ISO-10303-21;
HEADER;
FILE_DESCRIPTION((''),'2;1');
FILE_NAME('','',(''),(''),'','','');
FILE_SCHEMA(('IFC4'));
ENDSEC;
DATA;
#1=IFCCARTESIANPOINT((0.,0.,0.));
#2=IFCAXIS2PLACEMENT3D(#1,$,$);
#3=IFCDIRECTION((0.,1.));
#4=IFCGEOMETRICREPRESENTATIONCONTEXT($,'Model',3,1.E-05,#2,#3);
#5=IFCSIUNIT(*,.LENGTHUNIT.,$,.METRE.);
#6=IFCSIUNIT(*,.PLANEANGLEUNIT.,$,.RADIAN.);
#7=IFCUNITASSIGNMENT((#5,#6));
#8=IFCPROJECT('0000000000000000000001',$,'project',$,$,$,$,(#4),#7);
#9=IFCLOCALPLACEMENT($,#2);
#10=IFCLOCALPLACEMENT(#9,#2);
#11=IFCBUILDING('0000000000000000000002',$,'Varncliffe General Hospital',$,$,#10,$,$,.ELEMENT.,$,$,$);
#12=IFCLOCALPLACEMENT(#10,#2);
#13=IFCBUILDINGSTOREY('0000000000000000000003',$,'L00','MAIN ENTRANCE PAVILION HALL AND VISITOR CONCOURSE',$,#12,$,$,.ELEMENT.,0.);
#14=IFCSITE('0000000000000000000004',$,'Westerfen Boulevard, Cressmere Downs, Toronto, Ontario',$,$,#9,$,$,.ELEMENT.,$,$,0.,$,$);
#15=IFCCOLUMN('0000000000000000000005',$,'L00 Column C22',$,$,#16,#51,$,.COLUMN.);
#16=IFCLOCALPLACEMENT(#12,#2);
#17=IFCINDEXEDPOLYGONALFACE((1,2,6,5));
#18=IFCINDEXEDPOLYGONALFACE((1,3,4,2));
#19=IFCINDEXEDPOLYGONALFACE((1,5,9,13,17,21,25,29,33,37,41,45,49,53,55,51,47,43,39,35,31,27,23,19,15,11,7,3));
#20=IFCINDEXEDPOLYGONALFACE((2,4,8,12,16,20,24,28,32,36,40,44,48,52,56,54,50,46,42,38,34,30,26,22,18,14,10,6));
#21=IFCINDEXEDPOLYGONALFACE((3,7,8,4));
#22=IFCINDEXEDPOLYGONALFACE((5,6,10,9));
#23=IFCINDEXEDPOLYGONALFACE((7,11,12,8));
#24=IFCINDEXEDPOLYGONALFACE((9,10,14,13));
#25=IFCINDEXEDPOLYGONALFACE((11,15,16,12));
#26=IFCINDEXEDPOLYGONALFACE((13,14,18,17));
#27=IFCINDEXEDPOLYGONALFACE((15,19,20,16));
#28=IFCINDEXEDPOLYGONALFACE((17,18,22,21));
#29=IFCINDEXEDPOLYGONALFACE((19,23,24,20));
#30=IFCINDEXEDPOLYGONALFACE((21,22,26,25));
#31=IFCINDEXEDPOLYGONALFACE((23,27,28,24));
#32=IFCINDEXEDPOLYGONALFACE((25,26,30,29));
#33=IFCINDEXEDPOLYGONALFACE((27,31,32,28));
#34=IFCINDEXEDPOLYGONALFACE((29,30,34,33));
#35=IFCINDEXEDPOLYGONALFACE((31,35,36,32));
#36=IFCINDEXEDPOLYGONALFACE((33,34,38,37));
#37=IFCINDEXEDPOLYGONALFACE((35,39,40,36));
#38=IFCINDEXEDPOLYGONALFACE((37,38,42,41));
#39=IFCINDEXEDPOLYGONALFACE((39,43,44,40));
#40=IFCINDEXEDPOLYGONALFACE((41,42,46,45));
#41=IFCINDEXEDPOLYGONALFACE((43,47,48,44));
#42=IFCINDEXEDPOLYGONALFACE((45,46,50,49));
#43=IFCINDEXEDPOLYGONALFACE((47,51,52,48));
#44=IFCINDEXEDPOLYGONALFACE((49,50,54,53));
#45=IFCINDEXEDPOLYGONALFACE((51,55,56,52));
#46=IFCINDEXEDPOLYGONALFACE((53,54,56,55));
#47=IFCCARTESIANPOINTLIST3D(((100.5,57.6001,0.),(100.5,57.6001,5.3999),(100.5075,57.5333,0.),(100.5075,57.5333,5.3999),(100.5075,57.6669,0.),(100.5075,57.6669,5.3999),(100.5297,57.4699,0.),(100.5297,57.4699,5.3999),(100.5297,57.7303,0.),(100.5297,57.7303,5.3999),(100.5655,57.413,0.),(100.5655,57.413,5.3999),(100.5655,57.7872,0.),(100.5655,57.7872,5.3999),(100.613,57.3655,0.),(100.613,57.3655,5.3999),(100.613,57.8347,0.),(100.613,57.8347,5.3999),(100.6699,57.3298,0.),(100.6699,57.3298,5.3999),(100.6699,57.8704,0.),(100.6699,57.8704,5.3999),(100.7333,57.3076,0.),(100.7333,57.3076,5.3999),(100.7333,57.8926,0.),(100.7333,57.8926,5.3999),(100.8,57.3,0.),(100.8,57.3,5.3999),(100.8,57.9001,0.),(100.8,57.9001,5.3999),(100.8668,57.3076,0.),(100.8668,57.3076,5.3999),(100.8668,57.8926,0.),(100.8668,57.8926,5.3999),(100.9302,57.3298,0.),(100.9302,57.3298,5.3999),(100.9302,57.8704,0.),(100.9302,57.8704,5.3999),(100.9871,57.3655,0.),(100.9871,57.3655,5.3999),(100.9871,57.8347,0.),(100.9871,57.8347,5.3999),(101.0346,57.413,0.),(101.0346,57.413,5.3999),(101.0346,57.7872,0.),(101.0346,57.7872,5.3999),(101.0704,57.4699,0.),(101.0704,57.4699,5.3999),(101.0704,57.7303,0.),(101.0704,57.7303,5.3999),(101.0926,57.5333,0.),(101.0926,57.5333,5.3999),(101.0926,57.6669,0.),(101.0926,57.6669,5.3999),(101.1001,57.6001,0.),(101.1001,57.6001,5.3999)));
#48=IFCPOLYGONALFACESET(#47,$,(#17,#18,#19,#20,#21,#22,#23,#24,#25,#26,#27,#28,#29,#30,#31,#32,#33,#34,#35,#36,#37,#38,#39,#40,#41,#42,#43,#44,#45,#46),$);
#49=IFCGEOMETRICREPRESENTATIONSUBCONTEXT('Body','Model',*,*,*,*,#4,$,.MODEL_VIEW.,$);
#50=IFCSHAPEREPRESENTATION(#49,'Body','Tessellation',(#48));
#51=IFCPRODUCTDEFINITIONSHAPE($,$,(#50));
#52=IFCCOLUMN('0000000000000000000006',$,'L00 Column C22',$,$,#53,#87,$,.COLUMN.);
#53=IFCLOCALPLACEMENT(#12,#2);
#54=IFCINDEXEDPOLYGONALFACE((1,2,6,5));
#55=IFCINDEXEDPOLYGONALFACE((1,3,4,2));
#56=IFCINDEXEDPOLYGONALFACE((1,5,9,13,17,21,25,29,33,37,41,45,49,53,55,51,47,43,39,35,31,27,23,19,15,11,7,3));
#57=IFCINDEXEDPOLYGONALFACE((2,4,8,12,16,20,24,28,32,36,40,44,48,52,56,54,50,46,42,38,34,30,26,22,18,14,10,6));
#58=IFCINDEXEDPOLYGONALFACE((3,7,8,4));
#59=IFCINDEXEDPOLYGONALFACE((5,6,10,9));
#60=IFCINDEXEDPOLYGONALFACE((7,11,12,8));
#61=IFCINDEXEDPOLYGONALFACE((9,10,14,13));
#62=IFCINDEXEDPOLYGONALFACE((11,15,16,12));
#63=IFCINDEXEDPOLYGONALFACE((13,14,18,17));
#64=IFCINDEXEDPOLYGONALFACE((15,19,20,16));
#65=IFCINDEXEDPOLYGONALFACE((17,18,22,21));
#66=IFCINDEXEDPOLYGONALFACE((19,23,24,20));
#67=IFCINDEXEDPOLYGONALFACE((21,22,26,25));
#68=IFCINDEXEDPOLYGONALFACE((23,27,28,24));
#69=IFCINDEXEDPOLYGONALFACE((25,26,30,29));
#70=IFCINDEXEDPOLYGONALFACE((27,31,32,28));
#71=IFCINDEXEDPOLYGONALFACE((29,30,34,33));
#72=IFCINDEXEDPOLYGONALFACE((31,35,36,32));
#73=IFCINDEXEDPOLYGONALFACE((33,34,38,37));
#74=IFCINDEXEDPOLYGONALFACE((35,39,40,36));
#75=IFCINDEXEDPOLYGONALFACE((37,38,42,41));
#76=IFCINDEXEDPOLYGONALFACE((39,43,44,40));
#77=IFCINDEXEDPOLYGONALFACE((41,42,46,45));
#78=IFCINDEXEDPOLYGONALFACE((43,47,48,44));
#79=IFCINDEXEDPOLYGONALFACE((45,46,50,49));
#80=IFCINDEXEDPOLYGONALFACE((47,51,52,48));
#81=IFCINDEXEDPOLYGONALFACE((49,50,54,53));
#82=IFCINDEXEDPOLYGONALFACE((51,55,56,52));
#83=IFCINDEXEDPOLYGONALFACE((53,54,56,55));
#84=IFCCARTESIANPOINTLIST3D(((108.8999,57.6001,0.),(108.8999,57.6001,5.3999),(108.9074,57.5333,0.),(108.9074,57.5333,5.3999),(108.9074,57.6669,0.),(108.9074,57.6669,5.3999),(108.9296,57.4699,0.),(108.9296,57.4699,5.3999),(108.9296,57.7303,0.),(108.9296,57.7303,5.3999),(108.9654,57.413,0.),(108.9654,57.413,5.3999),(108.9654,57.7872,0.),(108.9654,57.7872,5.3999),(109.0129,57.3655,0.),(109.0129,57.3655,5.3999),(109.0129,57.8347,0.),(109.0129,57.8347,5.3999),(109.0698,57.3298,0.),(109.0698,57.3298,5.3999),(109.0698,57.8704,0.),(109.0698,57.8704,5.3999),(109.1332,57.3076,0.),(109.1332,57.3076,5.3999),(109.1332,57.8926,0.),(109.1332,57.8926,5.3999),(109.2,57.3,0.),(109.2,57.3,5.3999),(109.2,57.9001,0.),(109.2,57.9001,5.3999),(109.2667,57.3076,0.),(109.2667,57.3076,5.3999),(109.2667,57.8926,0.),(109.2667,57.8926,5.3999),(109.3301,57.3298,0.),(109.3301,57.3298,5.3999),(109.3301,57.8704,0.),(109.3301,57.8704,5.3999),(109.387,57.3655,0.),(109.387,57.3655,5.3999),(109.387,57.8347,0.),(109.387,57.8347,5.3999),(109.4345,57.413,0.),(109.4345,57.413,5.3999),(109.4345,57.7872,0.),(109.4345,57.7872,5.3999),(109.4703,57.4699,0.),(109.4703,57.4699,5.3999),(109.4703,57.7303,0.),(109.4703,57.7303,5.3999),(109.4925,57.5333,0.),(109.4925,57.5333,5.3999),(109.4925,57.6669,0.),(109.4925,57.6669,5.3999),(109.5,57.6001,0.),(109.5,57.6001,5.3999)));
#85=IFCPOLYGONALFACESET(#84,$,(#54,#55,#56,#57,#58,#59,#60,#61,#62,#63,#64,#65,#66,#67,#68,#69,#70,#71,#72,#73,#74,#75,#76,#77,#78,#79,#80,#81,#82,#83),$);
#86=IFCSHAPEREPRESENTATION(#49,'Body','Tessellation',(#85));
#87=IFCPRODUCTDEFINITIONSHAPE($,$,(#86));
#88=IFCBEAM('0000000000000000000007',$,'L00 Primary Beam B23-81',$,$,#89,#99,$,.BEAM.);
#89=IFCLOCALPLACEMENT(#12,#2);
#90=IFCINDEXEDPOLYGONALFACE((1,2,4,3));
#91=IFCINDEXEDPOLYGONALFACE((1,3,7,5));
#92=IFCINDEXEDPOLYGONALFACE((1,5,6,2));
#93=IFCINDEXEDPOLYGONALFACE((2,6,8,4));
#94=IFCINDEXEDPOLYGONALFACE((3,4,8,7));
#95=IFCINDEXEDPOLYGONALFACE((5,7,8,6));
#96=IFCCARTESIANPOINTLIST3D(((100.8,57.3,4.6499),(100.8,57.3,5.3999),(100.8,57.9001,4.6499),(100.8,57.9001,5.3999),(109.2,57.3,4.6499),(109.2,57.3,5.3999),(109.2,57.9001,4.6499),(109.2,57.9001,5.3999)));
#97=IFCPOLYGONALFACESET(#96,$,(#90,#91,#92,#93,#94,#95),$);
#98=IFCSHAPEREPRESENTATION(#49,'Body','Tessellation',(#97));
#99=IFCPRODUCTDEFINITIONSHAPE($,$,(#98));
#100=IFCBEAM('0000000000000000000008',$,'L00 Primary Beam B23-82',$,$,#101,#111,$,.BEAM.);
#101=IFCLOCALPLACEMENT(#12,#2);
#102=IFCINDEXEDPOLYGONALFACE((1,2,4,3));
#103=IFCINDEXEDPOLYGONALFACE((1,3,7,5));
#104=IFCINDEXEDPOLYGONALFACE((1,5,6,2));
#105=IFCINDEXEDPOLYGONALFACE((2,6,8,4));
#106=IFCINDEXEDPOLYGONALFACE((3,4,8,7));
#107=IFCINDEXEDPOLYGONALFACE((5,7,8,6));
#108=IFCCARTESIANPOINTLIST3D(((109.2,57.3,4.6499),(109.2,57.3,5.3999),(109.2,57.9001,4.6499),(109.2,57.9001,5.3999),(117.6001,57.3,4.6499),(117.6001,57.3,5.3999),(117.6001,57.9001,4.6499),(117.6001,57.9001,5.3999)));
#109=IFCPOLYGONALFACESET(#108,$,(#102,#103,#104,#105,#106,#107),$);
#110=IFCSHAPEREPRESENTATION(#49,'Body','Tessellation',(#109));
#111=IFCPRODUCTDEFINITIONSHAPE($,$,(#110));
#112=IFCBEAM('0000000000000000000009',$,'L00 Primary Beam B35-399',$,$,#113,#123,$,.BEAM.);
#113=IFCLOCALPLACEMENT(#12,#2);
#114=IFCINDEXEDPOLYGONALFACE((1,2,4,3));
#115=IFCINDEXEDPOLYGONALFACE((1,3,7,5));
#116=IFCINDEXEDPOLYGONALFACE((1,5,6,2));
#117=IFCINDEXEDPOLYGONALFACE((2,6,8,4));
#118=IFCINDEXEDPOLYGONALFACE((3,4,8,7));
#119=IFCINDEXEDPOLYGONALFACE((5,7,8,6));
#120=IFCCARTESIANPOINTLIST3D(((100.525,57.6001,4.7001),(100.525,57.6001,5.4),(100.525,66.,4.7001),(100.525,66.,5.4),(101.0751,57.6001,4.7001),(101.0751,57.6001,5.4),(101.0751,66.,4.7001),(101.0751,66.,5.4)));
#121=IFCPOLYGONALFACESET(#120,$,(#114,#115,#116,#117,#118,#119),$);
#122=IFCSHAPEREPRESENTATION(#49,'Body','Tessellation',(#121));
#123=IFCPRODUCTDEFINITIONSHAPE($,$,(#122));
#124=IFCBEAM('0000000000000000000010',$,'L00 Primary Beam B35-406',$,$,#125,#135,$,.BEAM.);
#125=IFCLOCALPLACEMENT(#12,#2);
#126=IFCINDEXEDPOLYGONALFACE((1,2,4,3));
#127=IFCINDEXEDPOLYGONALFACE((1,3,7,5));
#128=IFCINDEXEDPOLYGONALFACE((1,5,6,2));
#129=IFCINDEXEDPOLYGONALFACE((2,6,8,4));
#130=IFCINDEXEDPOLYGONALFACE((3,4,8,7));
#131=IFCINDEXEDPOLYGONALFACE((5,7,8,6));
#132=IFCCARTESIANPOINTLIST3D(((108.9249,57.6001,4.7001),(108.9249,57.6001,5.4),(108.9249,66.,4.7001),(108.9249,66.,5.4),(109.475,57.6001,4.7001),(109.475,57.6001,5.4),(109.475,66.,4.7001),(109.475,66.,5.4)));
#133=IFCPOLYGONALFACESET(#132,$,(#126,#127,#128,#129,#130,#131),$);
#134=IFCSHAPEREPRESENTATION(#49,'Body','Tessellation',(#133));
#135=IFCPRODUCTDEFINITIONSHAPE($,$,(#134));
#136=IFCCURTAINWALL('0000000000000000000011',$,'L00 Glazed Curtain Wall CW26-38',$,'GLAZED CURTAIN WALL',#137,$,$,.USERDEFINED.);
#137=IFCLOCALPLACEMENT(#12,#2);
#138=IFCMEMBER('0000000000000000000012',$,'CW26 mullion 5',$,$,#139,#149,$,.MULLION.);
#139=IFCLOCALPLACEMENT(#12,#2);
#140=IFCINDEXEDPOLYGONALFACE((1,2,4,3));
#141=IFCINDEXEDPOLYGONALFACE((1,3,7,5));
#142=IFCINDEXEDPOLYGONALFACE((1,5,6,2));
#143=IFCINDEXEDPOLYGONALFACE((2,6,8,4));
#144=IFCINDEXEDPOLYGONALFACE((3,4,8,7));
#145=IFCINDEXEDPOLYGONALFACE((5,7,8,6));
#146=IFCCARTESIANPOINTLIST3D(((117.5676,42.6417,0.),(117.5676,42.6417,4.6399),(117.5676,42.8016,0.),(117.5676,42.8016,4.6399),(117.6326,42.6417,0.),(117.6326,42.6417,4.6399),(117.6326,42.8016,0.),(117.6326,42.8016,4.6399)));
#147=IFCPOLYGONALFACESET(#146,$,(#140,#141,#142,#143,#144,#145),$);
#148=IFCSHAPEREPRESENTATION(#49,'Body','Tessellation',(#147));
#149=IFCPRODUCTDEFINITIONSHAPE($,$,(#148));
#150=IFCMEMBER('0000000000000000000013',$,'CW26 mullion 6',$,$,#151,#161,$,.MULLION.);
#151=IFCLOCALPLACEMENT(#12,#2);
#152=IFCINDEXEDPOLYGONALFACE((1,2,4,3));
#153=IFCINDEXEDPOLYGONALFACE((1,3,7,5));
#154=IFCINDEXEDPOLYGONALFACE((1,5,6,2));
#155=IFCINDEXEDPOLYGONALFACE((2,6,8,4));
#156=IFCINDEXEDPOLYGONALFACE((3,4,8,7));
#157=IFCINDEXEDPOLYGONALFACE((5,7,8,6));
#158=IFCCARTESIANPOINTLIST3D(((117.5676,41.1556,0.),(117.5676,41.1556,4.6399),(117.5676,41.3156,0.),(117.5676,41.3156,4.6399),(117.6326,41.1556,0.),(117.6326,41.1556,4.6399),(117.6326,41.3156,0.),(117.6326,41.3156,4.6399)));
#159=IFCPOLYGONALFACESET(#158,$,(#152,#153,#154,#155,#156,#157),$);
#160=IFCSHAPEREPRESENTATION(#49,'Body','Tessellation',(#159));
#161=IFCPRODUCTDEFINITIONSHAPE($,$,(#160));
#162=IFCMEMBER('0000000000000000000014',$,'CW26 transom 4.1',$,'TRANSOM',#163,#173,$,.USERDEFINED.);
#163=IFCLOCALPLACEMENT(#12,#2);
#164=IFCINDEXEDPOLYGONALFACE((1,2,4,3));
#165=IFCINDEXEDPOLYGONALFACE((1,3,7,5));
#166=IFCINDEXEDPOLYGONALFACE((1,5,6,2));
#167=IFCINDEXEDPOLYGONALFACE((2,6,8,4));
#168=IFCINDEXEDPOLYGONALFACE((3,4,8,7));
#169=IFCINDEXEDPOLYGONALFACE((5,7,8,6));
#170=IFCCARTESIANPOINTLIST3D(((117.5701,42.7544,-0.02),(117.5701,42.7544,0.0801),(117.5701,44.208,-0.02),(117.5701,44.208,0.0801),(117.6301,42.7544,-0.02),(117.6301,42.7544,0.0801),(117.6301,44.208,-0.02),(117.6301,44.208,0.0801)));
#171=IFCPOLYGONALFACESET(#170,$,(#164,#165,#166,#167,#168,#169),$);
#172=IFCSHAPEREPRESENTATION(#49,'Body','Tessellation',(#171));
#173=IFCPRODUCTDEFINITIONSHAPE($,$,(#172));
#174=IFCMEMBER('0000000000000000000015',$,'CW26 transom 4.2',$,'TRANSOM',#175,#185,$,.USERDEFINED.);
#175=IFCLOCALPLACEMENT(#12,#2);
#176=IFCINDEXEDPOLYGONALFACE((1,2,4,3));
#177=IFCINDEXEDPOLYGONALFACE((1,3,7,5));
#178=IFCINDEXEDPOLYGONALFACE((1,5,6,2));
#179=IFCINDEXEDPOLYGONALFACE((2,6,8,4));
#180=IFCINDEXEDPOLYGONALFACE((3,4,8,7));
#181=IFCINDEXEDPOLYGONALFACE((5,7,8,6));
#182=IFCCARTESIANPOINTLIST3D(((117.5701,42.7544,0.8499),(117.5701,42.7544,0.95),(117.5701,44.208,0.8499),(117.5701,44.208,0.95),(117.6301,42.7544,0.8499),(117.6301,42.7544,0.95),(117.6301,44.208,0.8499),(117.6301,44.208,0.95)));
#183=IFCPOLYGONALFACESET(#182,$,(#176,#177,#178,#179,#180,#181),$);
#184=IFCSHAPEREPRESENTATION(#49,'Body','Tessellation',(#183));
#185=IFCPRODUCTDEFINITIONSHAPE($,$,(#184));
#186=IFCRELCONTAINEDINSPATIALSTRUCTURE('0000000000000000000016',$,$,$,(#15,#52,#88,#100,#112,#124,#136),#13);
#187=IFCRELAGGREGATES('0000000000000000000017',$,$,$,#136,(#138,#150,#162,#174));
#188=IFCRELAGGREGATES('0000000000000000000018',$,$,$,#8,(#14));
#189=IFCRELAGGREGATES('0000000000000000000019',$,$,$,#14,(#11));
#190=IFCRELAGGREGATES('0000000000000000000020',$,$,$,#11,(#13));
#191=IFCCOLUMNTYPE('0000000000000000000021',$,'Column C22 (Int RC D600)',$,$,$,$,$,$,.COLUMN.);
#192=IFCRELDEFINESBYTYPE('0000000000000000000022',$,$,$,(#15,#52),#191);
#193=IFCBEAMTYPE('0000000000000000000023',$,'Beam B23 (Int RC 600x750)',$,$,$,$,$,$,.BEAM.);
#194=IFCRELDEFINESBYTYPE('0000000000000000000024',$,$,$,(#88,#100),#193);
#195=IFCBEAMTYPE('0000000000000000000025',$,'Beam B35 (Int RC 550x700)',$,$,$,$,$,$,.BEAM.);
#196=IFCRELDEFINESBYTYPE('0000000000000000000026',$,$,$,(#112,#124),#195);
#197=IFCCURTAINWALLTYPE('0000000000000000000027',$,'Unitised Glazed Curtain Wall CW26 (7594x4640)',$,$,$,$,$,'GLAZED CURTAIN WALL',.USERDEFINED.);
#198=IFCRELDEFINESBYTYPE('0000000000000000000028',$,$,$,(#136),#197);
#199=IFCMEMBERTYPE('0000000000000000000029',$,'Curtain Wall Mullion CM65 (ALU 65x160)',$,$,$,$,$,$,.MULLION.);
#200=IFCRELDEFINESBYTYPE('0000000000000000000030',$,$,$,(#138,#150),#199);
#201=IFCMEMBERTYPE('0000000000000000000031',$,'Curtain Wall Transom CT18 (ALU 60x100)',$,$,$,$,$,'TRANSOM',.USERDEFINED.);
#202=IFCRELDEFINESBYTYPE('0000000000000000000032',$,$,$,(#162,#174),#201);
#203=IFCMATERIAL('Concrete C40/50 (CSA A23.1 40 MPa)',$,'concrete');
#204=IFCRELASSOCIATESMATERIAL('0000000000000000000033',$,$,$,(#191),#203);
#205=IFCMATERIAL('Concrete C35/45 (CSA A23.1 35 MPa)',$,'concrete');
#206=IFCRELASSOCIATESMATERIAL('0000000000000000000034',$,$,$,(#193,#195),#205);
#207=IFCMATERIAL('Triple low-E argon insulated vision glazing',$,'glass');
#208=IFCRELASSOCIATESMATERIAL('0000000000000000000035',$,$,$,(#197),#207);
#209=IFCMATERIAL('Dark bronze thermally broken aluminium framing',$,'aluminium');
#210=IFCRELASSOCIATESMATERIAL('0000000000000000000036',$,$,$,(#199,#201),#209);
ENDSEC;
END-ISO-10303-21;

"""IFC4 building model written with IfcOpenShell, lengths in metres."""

from ifc_helpers import new_model, si_unit, direction, frame, origin, origin_2d, place, context, subcontext, project, spatial, rectangle, circle, extrude, material, material_profile, profile_set, type_object, element, aggregate, save


model = new_model("IFC4")

# Units and contexts
model_context = context("Model", 3, precision=1e-05, world=origin(), true_north=direction((0.0, 1.0)))
body_context = subcontext(model_context, "Body", "Model", "MODEL_VIEW")
ifc_project = project(units=[si_unit("LENGTHUNIT", "METRE"), si_unit("PLANEANGLEUNIT", "RADIAN")], contexts=[model_context])

# Site, building, storey
site_placement = place(None, origin())
site = spatial("IfcSite", under=ifc_project, at=site_placement, Name="Westerfen Boulevard, Cressmere Downs, Toronto, Ontario", CompositionType="ELEMENT", RefElevation=0.0)
building_placement = place(site_placement, origin())
building = spatial("IfcBuilding", under=site, at=building_placement, Name="Varncliffe General Hospital", CompositionType="ELEMENT")
storey_placement = place(building_placement, origin())
storey = spatial("IfcBuildingStorey", under=building, at=storey_placement, Name="L00", Description="MAIN ENTRANCE PAVILION HALL AND VISITOR CONCOURSE", CompositionType="ELEMENT", Elevation=0.0)

# Columns
ifc_material_1 = material(Name="Concrete C40/50 (CSA A23.1 40 MPa)", Category="concrete")
ifc_material_profile_1 = material_profile(ifc_material_1, circle(Radius=0.3, at=origin_2d()), Name="RC D600")
ifc_profile_set_1 = profile_set([ifc_material_profile_1], Name="Concrete C40/50 (CSA A23.1 40 MPa)")
column_type = type_object("IfcColumnType", Name="Column C22 (Int RC D600)", PredefinedType="COLUMN", material=ifc_profile_set_1)
for number, where, z_axis, x_axis, name in (
    (1, (100.8, 57.6001, 0.0), (0.0, 0.0, 1.0), (1.0, 0.0, 0.0), "L00 Column C22"),
    (2, (109.2, 57.6001, 0.0), (0.0, 0.0, 1.0), (1.0, 0.0, 0.0), "L00 Column C22"),
):
    element("IfcColumn", number, at=place(storey_placement, frame(where, z_axis=z_axis, x_axis=x_axis)), inside=storey, type_object=column_type, Name=name, PredefinedType="COLUMN", context=body_context, shape_type="SweptSolid", body=[
        extrude(circle(Radius=0.3, at=origin_2d()), origin(), (0.0, 0.0, 1.0), 5.3999),
    ])

# Beams
ifc_material_2 = material(Name="Concrete C35/45 (CSA A23.1 35 MPa)", Category="concrete")
ifc_material_profile_2 = material_profile(ifc_material_2, rectangle(XDim=0.6001, YDim=0.75, at=origin_2d()), Name="RC 600x750")
ifc_profile_set_2 = profile_set([ifc_material_profile_2], Name="Concrete C35/45 (CSA A23.1 35 MPa)")
beam_type_1 = type_object("IfcBeamType", Name="Beam B23 (Int RC 600x750)", PredefinedType="BEAM", material=ifc_profile_set_2)
beam_1_placement = place(storey_placement, frame((100.8, 57.6001, 5.0249), z_axis=(1.0, 0.0, 0.0), x_axis=(0.0, 1.0, 0.0)))
element("IfcBeam", 3, at=beam_1_placement, inside=storey, type_object=beam_type_1, Name="L00 Primary Beam B23-81", PredefinedType="BEAM", context=body_context, shape_type="SweptSolid", body=[
    extrude(rectangle(XDim=0.6001, YDim=0.75, at=origin_2d()), origin(), (0.0, 0.0, 1.0), 8.3999),
])
beam_2_placement = place(storey_placement, frame((109.2, 57.6001, 5.0249), z_axis=(1.0, 0.0, 0.0), x_axis=(0.0, 1.0, 0.0)))
element("IfcBeam", 4, at=beam_2_placement, inside=storey, type_object=beam_type_1, Name="L00 Primary Beam B23-82", PredefinedType="BEAM", context=body_context, shape_type="SweptSolid", body=[
    extrude(rectangle(XDim=0.6001, YDim=0.75, at=origin_2d()), origin(), (0.0, 0.0, 1.0), 8.4001),
])
ifc_material_profile_3 = material_profile(ifc_material_2, rectangle(XDim=0.55, YDim=0.7, at=origin_2d()), Name="RC 550x700")
ifc_profile_set_3 = profile_set([ifc_material_profile_3], Name="Concrete C35/45 (CSA A23.1 35 MPa)")
beam_type_2 = type_object("IfcBeamType", Name="Beam B35 (Int RC 550x700)", PredefinedType="BEAM", material=ifc_profile_set_3)
for number, where, z_axis, x_axis, name in (
    (5, (100.8, 57.6001, 5.05), (0.0, 1.0, 0.0), (-1.0, 0.0, 0.0), "L00 Primary Beam B35-399"),
    (6, (109.2, 57.6001, 5.05), (0.0, 1.0, 0.0), (-1.0, 0.0, 0.0), "L00 Primary Beam B35-406"),
):
    element("IfcBeam", number, at=place(storey_placement, frame(where, z_axis=z_axis, x_axis=x_axis)), inside=storey, type_object=beam_type_2, Name=name, PredefinedType="BEAM", context=body_context, shape_type="SweptSolid", body=[
        extrude(rectangle(XDim=0.55, YDim=0.7, at=origin_2d()), origin(), (0.0, 0.0, 1.0), 8.3999),
    ])

# Curtain wall, members
ifc_material_3 = material(Name="Triple low-E argon insulated vision glazing", Category="glass")
curtain_wall_type = type_object("IfcCurtainWallType", Name="Unitised Glazed Curtain Wall CW26 (7594x4640)", ElementType="GLAZED CURTAIN WALL", PredefinedType="USERDEFINED", material=ifc_material_3)
curtain_wall_placement = place(storey_placement, origin())
curtain_wall = element("IfcCurtainWall", 7, at=curtain_wall_placement, inside=storey, type_object=curtain_wall_type, Name="L00 Glazed Curtain Wall CW26-38", ObjectType="GLAZED CURTAIN WALL", PredefinedType="USERDEFINED")
ifc_material_4 = material(Name="Dark bronze thermally broken aluminium framing", Category="aluminium")
ifc_material_profile_4 = material_profile(ifc_material_4, rectangle(XDim=0.0649, YDim=0.1599, at=origin_2d()), Name="ALU 65x160")
ifc_profile_set_4 = profile_set([ifc_material_profile_4], Name="Dark bronze thermally broken aluminium framing")
member_type_1 = type_object("IfcMemberType", Name="Curtain Wall Mullion CM65 (ALU 65x160)", PredefinedType="MULLION", material=ifc_profile_set_4)
member_1_placement = place(storey_placement, frame((117.6001, 42.7217, 0.0), z_axis=(0.0, 0.0, 1.0), x_axis=(1.0, 0.0, 0.0)))
member_1 = element("IfcMember", 8, at=member_1_placement, type_object=member_type_1, Name="CW26 mullion 5", PredefinedType="MULLION", context=body_context, shape_type="SweptSolid", body=[
    extrude(rectangle(XDim=0.0649, YDim=0.1599, at=origin_2d()), origin(), (0.0, 0.0, 1.0), 4.6399),
])
member_2_placement = place(storey_placement, frame((117.6001, 41.2356, 0.0), z_axis=(0.0, 0.0, 1.0), x_axis=(1.0, 0.0, 0.0)))
member_2 = element("IfcMember", 9, at=member_2_placement, type_object=member_type_1, Name="CW26 mullion 6", PredefinedType="MULLION", context=body_context, shape_type="SweptSolid", body=[
    extrude(rectangle(XDim=0.0649, YDim=0.1599, at=origin_2d()), origin(), (0.0, 0.0, 1.0), 4.6399),
])
ifc_material_profile_5 = material_profile(ifc_material_4, rectangle(XDim=0.0601, YDim=0.1001, at=origin_2d()), Name="ALU 60x100")
ifc_profile_set_5 = profile_set([ifc_material_profile_5], Name="Dark bronze thermally broken aluminium framing")
member_type_2 = type_object("IfcMemberType", Name="Curtain Wall Transom CT18 (ALU 60x100)", ElementType="TRANSOM", PredefinedType="USERDEFINED", material=ifc_profile_set_5)
member_3_placement = place(storey_placement, frame((117.6001, 44.208, 0.03), z_axis=(0.0, -1.0, 0.0), x_axis=(1.0, 0.0, 0.0)))
member_3 = element("IfcMember", 10, at=member_3_placement, type_object=member_type_2, Name="CW26 transom 4.1", ObjectType="TRANSOM", PredefinedType="USERDEFINED", context=body_context, shape_type="SweptSolid", body=[
    extrude(rectangle(XDim=0.0601, YDim=0.1001, at=origin_2d()), origin(), (0.0, 0.0, 1.0), 1.4536),
])
member_4_placement = place(storey_placement, frame((117.6001, 44.208, 0.8999), z_axis=(0.0, -1.0, 0.0), x_axis=(1.0, 0.0, 0.0)))
member_4 = element("IfcMember", 11, at=member_4_placement, type_object=member_type_2, Name="CW26 transom 4.2", ObjectType="TRANSOM", PredefinedType="USERDEFINED", context=body_context, shape_type="SweptSolid", body=[
    extrude(rectangle(XDim=0.0601, YDim=0.1001, at=origin_2d()), origin(), (0.0, 0.0, 1.0), 1.4536),
])
aggregate(curtain_wall, [member_1, member_2, member_3, member_4])

save(model, "model.ifc")
